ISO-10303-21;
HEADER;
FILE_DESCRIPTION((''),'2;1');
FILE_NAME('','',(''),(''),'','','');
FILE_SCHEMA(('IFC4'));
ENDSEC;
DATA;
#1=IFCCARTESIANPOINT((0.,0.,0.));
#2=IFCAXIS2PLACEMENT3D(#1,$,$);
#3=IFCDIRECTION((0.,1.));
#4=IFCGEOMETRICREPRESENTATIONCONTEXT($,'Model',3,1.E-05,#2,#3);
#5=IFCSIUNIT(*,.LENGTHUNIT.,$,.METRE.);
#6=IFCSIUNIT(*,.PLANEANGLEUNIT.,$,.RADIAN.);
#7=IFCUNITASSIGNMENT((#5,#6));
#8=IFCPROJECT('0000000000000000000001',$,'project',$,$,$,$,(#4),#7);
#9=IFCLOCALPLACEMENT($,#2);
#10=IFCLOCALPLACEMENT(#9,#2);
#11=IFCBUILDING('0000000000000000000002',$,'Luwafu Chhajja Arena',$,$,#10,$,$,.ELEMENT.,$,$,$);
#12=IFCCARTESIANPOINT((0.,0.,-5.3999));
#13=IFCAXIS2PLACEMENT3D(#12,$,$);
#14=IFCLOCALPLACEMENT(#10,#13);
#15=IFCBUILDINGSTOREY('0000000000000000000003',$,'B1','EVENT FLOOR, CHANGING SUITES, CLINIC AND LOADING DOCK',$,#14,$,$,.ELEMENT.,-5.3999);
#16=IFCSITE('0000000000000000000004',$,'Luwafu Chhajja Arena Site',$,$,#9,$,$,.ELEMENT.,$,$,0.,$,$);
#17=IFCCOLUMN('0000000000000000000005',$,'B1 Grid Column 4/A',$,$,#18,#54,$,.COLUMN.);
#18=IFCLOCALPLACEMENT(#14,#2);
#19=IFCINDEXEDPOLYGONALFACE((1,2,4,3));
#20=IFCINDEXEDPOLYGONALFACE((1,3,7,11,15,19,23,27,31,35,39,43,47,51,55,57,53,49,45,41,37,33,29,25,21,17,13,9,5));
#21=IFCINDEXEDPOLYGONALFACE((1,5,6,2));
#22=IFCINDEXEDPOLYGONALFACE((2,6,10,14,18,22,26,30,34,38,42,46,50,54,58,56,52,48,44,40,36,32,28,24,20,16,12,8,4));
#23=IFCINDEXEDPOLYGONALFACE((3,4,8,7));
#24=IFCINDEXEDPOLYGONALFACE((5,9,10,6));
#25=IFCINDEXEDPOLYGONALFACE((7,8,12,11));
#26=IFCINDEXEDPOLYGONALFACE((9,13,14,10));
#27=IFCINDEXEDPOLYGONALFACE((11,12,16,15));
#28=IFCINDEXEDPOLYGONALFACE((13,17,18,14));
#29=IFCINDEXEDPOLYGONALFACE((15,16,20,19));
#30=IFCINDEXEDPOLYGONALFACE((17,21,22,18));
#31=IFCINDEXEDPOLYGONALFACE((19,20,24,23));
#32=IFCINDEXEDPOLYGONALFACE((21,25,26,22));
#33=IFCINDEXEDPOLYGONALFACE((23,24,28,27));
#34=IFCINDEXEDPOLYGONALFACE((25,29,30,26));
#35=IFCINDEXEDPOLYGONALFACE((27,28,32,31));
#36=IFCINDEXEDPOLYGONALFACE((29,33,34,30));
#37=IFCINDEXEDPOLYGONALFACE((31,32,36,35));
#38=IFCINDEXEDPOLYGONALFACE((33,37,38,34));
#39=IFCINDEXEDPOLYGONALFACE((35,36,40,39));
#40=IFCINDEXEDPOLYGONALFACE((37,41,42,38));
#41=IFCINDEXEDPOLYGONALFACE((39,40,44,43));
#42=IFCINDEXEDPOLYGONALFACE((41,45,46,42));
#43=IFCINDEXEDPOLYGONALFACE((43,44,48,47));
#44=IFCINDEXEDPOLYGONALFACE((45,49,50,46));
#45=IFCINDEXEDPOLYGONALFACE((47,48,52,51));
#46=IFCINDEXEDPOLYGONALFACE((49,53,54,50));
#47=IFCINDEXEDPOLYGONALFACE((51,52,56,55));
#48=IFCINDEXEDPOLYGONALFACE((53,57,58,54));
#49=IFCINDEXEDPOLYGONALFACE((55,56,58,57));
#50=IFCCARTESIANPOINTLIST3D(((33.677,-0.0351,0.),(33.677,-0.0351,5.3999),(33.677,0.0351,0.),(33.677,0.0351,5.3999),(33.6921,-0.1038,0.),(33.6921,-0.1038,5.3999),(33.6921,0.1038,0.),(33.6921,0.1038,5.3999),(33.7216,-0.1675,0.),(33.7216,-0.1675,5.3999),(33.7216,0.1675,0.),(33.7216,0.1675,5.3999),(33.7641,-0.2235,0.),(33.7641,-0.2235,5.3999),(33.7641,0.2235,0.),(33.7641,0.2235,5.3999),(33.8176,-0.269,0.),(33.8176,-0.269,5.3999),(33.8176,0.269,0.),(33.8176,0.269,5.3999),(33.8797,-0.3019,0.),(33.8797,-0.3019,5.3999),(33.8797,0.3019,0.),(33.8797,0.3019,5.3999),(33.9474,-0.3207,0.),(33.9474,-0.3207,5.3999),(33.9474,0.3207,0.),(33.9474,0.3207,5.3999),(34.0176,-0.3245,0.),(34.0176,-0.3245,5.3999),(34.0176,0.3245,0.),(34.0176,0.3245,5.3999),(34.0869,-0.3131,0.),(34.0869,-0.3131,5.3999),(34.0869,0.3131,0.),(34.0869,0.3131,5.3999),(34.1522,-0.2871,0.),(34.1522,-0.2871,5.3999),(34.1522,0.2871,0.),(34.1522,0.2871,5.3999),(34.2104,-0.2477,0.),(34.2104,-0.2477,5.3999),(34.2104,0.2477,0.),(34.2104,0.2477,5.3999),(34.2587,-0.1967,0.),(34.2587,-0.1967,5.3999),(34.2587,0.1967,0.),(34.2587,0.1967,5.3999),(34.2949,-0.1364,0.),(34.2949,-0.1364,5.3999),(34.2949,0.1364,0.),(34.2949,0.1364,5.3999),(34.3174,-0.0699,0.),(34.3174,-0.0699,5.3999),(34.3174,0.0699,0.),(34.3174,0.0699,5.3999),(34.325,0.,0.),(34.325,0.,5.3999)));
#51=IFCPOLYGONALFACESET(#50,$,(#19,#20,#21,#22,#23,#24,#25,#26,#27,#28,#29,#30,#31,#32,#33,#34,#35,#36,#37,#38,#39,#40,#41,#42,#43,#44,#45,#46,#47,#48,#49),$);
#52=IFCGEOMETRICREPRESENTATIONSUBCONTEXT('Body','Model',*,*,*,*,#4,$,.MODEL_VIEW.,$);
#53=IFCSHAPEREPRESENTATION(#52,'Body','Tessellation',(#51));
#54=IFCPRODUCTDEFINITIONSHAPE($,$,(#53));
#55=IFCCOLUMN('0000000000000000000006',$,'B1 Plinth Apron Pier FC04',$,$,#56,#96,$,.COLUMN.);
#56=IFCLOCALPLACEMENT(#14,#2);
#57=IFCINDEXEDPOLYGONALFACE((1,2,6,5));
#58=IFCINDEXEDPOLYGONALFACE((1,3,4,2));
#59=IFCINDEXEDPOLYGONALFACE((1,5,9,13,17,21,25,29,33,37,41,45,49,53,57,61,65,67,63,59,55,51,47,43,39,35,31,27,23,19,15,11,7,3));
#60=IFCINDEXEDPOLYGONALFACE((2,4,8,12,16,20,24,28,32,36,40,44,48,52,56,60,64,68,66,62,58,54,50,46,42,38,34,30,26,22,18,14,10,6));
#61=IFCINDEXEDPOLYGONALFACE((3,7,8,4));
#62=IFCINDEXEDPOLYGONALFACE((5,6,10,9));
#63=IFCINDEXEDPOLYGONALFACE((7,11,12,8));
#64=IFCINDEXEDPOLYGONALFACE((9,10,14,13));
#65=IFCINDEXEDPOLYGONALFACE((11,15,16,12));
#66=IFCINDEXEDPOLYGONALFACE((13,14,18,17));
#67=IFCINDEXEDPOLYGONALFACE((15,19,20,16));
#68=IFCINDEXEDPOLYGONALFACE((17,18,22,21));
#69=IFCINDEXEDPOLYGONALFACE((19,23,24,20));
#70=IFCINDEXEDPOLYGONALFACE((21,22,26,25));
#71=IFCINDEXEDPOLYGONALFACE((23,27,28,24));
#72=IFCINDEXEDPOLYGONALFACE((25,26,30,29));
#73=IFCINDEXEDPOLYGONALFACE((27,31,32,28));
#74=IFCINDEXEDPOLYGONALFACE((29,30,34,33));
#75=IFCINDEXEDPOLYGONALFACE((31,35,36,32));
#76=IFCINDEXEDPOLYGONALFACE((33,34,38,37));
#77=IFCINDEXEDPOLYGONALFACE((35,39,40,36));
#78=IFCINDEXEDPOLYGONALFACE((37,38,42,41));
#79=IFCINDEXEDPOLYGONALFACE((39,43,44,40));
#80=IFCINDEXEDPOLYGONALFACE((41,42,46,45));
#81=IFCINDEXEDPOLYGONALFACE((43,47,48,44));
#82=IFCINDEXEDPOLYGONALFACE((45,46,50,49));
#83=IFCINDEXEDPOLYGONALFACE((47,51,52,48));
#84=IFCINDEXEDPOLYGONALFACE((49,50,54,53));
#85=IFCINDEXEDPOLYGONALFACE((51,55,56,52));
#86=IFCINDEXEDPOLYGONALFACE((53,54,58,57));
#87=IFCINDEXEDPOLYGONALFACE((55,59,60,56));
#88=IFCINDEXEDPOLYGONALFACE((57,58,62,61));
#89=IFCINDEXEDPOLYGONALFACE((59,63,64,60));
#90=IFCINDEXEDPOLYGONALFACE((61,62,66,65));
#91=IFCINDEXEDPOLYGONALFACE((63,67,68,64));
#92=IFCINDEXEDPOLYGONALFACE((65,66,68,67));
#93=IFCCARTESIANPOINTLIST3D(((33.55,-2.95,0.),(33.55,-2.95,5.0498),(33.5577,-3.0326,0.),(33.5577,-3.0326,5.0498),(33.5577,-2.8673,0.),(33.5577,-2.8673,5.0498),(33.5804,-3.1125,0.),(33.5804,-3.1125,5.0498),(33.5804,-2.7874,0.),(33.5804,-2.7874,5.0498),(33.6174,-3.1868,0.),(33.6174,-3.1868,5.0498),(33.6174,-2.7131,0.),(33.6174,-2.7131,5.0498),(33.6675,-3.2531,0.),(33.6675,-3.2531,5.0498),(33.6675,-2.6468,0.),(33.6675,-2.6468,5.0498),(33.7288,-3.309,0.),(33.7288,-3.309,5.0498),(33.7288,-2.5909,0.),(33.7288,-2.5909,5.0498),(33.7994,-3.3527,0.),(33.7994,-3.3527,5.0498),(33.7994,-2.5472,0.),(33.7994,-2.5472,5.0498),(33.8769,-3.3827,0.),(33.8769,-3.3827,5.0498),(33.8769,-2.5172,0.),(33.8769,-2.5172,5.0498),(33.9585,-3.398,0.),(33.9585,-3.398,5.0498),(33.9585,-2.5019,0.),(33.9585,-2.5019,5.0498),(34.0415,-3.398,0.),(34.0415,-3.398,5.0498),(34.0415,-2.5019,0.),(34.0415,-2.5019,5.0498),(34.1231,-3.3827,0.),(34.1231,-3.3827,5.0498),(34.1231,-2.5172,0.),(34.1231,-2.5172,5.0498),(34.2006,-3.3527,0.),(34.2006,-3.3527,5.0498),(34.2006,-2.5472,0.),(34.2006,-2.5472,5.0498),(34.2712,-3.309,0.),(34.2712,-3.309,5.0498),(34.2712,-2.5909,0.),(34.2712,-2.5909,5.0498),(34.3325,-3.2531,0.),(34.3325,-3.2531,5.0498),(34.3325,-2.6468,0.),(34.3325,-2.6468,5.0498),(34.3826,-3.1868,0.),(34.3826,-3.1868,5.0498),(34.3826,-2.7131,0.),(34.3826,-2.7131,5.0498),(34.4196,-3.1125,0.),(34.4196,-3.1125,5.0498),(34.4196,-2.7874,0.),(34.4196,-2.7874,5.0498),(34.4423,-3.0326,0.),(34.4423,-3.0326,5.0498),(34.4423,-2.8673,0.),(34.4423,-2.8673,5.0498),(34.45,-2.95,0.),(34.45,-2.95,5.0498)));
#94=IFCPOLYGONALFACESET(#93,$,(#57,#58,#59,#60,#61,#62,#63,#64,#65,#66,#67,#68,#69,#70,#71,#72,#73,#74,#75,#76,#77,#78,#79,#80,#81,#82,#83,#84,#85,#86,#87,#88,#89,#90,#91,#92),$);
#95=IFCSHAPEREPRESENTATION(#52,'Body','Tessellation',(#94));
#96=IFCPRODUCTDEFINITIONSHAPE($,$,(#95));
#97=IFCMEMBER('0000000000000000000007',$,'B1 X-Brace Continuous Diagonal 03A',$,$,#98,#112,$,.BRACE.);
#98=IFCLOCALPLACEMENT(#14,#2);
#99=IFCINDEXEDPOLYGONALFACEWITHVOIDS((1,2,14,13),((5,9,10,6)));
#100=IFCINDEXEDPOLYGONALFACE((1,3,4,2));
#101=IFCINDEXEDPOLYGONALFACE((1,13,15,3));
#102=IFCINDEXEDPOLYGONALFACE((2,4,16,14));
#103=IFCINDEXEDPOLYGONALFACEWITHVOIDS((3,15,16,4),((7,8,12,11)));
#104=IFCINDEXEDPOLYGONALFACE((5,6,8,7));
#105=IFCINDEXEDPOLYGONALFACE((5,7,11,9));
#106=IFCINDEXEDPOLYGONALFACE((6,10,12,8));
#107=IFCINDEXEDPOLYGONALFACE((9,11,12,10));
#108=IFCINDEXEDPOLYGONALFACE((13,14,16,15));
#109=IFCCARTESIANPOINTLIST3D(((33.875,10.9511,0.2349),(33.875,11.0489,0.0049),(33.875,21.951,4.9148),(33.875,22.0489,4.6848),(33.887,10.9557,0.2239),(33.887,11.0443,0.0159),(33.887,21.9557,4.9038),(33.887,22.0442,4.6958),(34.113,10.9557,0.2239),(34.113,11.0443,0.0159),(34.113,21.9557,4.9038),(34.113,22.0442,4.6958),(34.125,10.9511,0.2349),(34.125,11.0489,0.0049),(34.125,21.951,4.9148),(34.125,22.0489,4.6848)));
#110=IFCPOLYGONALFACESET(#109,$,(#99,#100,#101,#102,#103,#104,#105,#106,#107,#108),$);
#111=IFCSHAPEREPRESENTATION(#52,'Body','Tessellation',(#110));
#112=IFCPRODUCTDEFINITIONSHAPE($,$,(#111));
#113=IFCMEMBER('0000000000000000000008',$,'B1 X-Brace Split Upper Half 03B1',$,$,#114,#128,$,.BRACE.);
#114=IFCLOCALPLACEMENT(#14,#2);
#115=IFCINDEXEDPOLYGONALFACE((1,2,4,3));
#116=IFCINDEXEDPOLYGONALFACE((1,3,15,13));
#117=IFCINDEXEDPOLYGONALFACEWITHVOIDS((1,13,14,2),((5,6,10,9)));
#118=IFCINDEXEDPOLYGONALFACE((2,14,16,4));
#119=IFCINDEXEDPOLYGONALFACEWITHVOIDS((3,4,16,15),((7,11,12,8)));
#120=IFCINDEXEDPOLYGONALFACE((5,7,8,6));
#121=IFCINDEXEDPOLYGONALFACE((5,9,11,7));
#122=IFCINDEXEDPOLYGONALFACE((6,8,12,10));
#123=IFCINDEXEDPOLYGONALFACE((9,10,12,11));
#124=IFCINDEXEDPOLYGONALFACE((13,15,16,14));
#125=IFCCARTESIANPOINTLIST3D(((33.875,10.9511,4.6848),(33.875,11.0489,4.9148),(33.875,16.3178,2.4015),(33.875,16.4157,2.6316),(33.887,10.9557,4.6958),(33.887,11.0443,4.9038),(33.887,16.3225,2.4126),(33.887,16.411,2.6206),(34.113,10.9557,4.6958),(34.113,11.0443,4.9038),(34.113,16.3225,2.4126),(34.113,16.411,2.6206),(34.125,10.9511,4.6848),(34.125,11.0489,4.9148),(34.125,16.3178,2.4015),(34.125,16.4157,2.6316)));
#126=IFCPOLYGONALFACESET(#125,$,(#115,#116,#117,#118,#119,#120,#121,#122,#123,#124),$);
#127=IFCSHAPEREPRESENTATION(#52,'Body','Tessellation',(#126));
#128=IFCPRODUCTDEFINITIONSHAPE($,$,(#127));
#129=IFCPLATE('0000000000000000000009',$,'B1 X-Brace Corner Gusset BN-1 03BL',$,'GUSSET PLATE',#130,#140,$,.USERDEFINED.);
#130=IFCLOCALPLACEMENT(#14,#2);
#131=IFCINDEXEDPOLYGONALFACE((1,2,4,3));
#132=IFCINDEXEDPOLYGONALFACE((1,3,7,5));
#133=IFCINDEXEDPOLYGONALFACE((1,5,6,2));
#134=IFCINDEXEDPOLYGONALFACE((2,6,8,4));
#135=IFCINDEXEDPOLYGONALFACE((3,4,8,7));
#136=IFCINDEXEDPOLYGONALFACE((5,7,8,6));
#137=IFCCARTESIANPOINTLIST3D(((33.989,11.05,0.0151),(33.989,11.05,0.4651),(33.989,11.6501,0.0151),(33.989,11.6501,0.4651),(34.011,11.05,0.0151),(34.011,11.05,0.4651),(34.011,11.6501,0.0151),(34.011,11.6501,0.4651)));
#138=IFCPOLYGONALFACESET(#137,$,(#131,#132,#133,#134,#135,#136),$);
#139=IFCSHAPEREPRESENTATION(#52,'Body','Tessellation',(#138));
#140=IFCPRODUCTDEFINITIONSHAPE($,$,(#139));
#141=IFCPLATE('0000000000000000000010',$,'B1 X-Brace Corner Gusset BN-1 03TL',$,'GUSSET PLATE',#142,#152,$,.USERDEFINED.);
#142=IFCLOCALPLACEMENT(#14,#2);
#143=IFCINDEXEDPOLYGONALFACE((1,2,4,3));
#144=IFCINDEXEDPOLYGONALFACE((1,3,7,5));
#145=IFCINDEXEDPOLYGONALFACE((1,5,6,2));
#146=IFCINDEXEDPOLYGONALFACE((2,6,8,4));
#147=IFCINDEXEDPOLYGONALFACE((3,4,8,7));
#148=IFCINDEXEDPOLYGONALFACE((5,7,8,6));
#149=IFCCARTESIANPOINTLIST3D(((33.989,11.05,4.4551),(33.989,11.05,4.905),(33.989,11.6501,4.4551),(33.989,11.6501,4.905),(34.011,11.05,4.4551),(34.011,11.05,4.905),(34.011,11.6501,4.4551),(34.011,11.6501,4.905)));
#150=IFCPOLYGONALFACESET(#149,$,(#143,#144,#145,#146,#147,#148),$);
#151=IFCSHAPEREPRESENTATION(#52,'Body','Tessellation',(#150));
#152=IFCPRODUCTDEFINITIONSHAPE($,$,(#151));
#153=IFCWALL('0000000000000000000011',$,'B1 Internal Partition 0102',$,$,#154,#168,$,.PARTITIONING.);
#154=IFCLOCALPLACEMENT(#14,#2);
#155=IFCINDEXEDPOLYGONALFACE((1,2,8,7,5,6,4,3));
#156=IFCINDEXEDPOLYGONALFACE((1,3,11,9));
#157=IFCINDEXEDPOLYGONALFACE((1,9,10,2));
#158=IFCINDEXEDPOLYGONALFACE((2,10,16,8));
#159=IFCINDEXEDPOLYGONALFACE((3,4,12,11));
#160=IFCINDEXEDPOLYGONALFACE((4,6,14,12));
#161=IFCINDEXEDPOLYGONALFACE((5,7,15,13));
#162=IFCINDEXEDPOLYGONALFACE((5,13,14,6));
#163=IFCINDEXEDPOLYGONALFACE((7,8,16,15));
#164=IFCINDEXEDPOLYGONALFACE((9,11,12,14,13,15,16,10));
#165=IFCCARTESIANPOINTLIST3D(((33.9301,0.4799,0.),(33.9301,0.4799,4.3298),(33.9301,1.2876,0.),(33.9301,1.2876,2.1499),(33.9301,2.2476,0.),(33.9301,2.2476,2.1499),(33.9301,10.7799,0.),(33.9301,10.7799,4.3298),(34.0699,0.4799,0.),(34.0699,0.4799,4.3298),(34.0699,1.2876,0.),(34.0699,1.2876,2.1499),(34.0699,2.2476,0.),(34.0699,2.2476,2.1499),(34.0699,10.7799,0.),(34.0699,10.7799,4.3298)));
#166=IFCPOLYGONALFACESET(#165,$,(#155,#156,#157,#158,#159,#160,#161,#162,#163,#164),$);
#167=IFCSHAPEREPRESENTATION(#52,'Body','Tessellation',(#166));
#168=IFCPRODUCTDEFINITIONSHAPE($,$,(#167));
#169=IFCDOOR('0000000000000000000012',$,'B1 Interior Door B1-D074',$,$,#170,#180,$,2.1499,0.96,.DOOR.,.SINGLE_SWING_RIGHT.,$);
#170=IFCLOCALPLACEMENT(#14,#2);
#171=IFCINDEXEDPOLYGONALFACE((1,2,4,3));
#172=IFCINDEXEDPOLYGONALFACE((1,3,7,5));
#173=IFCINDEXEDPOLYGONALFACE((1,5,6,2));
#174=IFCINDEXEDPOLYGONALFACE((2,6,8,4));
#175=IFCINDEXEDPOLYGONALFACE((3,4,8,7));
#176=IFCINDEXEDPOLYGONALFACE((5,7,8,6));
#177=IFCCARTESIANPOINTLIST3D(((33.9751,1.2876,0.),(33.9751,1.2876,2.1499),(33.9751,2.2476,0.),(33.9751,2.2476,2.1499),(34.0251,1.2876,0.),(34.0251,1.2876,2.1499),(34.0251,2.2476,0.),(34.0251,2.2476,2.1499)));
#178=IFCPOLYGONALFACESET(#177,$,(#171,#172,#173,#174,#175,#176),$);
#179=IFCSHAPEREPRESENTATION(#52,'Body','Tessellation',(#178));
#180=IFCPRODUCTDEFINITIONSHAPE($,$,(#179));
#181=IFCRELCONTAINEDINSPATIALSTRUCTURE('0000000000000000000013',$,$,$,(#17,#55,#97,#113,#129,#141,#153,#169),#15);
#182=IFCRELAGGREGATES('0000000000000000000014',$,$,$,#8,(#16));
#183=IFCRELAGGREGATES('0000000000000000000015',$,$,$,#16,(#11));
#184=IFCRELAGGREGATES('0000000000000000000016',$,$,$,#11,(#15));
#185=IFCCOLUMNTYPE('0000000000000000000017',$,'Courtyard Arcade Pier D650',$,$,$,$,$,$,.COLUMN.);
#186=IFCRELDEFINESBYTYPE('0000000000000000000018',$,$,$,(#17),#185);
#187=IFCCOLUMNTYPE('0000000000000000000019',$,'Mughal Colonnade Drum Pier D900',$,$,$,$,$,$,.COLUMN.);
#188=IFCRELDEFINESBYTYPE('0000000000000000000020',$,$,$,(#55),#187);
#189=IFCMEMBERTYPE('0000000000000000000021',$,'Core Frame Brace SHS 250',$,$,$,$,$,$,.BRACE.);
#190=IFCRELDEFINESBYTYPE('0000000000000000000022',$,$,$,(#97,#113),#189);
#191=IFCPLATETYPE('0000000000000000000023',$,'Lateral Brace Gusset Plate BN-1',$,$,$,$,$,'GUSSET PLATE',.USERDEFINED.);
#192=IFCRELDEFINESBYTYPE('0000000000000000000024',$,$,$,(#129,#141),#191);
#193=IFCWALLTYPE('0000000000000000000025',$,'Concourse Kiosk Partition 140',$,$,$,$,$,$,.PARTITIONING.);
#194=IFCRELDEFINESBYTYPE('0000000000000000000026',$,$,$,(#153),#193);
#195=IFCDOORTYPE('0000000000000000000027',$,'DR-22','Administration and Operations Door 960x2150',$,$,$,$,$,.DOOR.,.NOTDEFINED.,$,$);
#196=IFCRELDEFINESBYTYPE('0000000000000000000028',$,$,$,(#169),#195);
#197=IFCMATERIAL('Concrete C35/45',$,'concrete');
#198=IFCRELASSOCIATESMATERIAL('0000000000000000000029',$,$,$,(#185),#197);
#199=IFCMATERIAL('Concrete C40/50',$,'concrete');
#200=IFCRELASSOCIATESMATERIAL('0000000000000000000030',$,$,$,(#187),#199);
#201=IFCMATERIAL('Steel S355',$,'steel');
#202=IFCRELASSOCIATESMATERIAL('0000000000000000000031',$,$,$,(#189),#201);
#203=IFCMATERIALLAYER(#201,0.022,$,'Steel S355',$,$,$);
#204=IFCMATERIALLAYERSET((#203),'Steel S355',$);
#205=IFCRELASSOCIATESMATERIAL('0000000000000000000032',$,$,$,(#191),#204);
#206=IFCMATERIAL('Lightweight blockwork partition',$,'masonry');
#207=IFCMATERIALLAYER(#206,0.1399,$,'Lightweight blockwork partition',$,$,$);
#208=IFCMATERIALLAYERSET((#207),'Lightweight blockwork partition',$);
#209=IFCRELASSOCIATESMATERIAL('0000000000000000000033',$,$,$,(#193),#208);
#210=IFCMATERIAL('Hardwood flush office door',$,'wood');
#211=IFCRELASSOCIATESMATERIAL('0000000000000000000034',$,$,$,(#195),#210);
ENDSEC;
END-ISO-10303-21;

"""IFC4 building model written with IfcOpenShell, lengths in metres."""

from ifc_helpers import new_model, si_unit, direction, frame, frame_2d, origin, origin_2d, place, context, subcontext, project, spatial, rectangle, hollow_rectangle, circle, extrude, material, layer, layer_set, material_profile, profile_set, type_object, element, fill, save


model = new_model("IFC4")

# Units and contexts
model_context = context("Model", 3, precision=1e-05, world=origin(), true_north=direction((0.0, 1.0)))
body_context = subcontext(model_context, "Body", "Model", "MODEL_VIEW")
ifc_project = project(units=[si_unit("LENGTHUNIT", "METRE"), si_unit("PLANEANGLEUNIT", "RADIAN")], contexts=[model_context])

# Site, building, storey
site_placement = place(None, origin())
site = spatial("IfcSite", under=ifc_project, at=site_placement, Name="Luwafu Chhajja Arena Site", CompositionType="ELEMENT", RefElevation=0.0)
building_placement = place(site_placement, origin())
building = spatial("IfcBuilding", under=site, at=building_placement, Name="Luwafu Chhajja Arena", CompositionType="ELEMENT")
storey_placement = place(building_placement, frame((0.0, 0.0, -5.3999)))
storey = spatial("IfcBuildingStorey", under=building, at=storey_placement, Name="B1", Description="EVENT FLOOR, CHANGING SUITES, CLINIC AND LOADING DOCK", CompositionType="ELEMENT", Elevation=-5.3999)

# Shared definitions
ifc_material_1 = material(Name="Concrete C35/45", Category="concrete")

# Columns
ifc_material_profile_1 = material_profile(ifc_material_1, circle(Radius=0.325, at=origin_2d()), Name="RC COL D650")
ifc_profile_set_1 = profile_set([ifc_material_profile_1], Name="Concrete C35/45")
column_type_1 = type_object("IfcColumnType", Name="Courtyard Arcade Pier D650", PredefinedType="COLUMN", material=ifc_profile_set_1)
column_1_placement = place(storey_placement, frame((34.0, 0.0, 0.0), z_axis=(0.0, 0.0, 1.0), x_axis=(1.0, 0.0, 0.0)))
element("IfcColumn", 1, at=column_1_placement, inside=storey, type_object=column_type_1, Name="B1 Grid Column 4/A", PredefinedType="COLUMN", context=body_context, shape_type="SweptSolid", body=[
    extrude(circle(Radius=0.325, at=origin_2d()), origin(), (0.0, 0.0, 1.0), 5.3999),
])
ifc_material_2 = material(Name="Concrete C40/50", Category="concrete")
ifc_material_profile_2 = material_profile(ifc_material_2, circle(Radius=0.45, at=origin_2d()), Name="RC COL D900")
ifc_profile_set_2 = profile_set([ifc_material_profile_2], Name="Concrete C40/50")
column_type_2 = type_object("IfcColumnType", Name="Mughal Colonnade Drum Pier D900", PredefinedType="COLUMN", material=ifc_profile_set_2)
column_2_placement = place(storey_placement, frame((34.0, -2.95, 0.0), z_axis=(0.0, 0.0, 1.0), x_axis=(1.0, 0.0, 0.0)))
element("IfcColumn", 2, at=column_2_placement, inside=storey, type_object=column_type_2, Name="B1 Plinth Apron Pier FC04", PredefinedType="COLUMN", context=body_context, shape_type="SweptSolid", body=[
    extrude(circle(Radius=0.45, at=origin_2d()), origin(), (0.0, 0.0, 1.0), 5.0498),
])

# Members
ifc_material_3 = material(Name="Steel S355", Category="steel")
ifc_material_profile_3 = material_profile(ifc_material_3, hollow_rectangle(XDim=0.25, YDim=0.25, WallThickness=0.012, at=origin_2d()), Name="SHS 250x250x12")
ifc_profile_set_3 = profile_set([ifc_material_profile_3], Name="Steel S355")
member_type = type_object("IfcMemberType", Name="Core Frame Brace SHS 250", PredefinedType="BRACE", material=ifc_profile_set_3)
member_1_placement = place(storey_placement, frame((34.0, 11.0, 0.1199), z_axis=(0.0, 0.920182, 0.39149), x_axis=(-1.0, 0.0, 0.0)))
element("IfcMember", 3, at=member_1_placement, inside=storey, type_object=member_type, Name="B1 X-Brace Continuous Diagonal 03A", PredefinedType="BRACE", context=body_context, shape_type="SweptSolid", body=[
    extrude(hollow_rectangle(XDim=0.25, YDim=0.25, WallThickness=0.012, at=origin_2d()), origin(), (0.0, 0.0, 1.0), 11.9541),
])
member_2_placement = place(storey_placement, frame((34.0, 11.0, 4.7998), z_axis=(0.0, 0.920185, -0.391483), x_axis=(-1.0, 0.0, 0.0)))
element("IfcMember", 4, at=member_2_placement, inside=storey, type_object=member_type, Name="B1 X-Brace Split Upper Half 03B1", PredefinedType="BRACE", context=body_context, shape_type="SweptSolid", body=[
    extrude(hollow_rectangle(XDim=0.25, YDim=0.25, WallThickness=0.012, at=origin_2d()), origin(), (0.0, 0.0, 1.0), 5.8323),
])

# Plates
ifc_layer_1 = layer(ifc_material_3, 0.022, Name="Steel S355")
ifc_layer_set_1 = layer_set([ifc_layer_1], Name="Steel S355")
plate_type = type_object("IfcPlateType", Name="Lateral Brace Gusset Plate BN-1", ElementType="GUSSET PLATE", PredefinedType="USERDEFINED", material=ifc_layer_set_1)
for number, where, z_axis, x_axis, name in (
    (5, (34.0, 11.3501, 0.0151), (0.0, 0.0, 1.0), (1.0, 0.0, 0.0), "B1 X-Brace Corner Gusset BN-1 03BL"),
    (6, (34.0, 11.3501, 4.4551), (0.0, 0.0, 1.0), (1.0, 0.0, 0.0), "B1 X-Brace Corner Gusset BN-1 03TL"),
):
    element("IfcPlate", number, at=place(storey_placement, frame(where, z_axis=z_axis, x_axis=x_axis)), inside=storey, type_object=plate_type, Name=name, ObjectType="GUSSET PLATE", PredefinedType="USERDEFINED", context=body_context, shape_type="SweptSolid", body=[
        extrude(rectangle(XDim=0.022, YDim=0.6001, at=origin_2d()), origin(), (0.0, 0.0, 1.0), 0.45),
    ])

# Wall, opening, door
ifc_material_4 = material(Name="Lightweight blockwork partition", Category="masonry")
ifc_layer_2 = layer(ifc_material_4, 0.1399, Name="Lightweight blockwork partition")
ifc_layer_set_2 = layer_set([ifc_layer_2], Name="Lightweight blockwork partition")
wall_type_1 = type_object("IfcWallType", Name="Concourse Kiosk Partition 140", PredefinedType="PARTITIONING", material=ifc_layer_set_2)
wall_1_placement = place(storey_placement, frame((34.0, 0.48, 0.0), z_axis=(0.0, 0.0, 1.0), x_axis=(0.0, 1.0, 0.0)))
wall_1 = element("IfcWall", 7, at=wall_1_placement, inside=storey, type_object=wall_type_1, Name="B1 Internal Partition 0102", PredefinedType="PARTITIONING", context=body_context, shape_type="SweptSolid", body=[
    extrude(rectangle(XDim=10.3, YDim=0.1399, at=frame_2d((5.1499, 0.0))), origin(), (0.0, 0.0, 1.0), 4.3298),
])
opening_placement = place(wall_1_placement, frame((0.8076, 0.0, 0.0)))
opening = element("IfcOpeningElement", 8, at=opening_placement, cuts=wall_1, PredefinedType="OPENING", context=body_context, shape_type="SweptSolid", body=[
    extrude(rectangle(XDim=0.96, YDim=2.1499, at=frame_2d((0.48, 1.075))), frame((0.0, 0.0798, 0.0), z_axis=(0.0, -1.0, 0.0), x_axis=(1.0, 0.0, 0.0)), (0.0, 0.0, 1.0), 0.1599),
])
ifc_material_5 = material(Name="Hardwood flush office door", Category="wood")
door_type = type_object("IfcDoorType", Name="DR-22", Description="Administration and Operations Door 960x2150", OperationType="NOTDEFINED", PredefinedType="DOOR", material=ifc_material_5)
door_placement = place(opening_placement, origin())
door = element("IfcDoor", 9, at=door_placement, inside=storey, type_object=door_type, Name="B1 Interior Door B1-D074", OperationType="SINGLE_SWING_RIGHT", OverallHeight=2.1499, OverallWidth=0.96, PredefinedType="DOOR", context=body_context, shape_type="SweptSolid", body=[
    extrude(rectangle(XDim=0.96, YDim=2.1499, at=frame_2d((0.48, 1.075))), frame((0.0, 0.0249, 0.0), z_axis=(0.0, -1.0, 0.0), x_axis=(1.0, 0.0, 0.0)), (0.0, 0.0, 1.0), 0.05),
])
fill(opening, door)

save(model, "model.ifc")
